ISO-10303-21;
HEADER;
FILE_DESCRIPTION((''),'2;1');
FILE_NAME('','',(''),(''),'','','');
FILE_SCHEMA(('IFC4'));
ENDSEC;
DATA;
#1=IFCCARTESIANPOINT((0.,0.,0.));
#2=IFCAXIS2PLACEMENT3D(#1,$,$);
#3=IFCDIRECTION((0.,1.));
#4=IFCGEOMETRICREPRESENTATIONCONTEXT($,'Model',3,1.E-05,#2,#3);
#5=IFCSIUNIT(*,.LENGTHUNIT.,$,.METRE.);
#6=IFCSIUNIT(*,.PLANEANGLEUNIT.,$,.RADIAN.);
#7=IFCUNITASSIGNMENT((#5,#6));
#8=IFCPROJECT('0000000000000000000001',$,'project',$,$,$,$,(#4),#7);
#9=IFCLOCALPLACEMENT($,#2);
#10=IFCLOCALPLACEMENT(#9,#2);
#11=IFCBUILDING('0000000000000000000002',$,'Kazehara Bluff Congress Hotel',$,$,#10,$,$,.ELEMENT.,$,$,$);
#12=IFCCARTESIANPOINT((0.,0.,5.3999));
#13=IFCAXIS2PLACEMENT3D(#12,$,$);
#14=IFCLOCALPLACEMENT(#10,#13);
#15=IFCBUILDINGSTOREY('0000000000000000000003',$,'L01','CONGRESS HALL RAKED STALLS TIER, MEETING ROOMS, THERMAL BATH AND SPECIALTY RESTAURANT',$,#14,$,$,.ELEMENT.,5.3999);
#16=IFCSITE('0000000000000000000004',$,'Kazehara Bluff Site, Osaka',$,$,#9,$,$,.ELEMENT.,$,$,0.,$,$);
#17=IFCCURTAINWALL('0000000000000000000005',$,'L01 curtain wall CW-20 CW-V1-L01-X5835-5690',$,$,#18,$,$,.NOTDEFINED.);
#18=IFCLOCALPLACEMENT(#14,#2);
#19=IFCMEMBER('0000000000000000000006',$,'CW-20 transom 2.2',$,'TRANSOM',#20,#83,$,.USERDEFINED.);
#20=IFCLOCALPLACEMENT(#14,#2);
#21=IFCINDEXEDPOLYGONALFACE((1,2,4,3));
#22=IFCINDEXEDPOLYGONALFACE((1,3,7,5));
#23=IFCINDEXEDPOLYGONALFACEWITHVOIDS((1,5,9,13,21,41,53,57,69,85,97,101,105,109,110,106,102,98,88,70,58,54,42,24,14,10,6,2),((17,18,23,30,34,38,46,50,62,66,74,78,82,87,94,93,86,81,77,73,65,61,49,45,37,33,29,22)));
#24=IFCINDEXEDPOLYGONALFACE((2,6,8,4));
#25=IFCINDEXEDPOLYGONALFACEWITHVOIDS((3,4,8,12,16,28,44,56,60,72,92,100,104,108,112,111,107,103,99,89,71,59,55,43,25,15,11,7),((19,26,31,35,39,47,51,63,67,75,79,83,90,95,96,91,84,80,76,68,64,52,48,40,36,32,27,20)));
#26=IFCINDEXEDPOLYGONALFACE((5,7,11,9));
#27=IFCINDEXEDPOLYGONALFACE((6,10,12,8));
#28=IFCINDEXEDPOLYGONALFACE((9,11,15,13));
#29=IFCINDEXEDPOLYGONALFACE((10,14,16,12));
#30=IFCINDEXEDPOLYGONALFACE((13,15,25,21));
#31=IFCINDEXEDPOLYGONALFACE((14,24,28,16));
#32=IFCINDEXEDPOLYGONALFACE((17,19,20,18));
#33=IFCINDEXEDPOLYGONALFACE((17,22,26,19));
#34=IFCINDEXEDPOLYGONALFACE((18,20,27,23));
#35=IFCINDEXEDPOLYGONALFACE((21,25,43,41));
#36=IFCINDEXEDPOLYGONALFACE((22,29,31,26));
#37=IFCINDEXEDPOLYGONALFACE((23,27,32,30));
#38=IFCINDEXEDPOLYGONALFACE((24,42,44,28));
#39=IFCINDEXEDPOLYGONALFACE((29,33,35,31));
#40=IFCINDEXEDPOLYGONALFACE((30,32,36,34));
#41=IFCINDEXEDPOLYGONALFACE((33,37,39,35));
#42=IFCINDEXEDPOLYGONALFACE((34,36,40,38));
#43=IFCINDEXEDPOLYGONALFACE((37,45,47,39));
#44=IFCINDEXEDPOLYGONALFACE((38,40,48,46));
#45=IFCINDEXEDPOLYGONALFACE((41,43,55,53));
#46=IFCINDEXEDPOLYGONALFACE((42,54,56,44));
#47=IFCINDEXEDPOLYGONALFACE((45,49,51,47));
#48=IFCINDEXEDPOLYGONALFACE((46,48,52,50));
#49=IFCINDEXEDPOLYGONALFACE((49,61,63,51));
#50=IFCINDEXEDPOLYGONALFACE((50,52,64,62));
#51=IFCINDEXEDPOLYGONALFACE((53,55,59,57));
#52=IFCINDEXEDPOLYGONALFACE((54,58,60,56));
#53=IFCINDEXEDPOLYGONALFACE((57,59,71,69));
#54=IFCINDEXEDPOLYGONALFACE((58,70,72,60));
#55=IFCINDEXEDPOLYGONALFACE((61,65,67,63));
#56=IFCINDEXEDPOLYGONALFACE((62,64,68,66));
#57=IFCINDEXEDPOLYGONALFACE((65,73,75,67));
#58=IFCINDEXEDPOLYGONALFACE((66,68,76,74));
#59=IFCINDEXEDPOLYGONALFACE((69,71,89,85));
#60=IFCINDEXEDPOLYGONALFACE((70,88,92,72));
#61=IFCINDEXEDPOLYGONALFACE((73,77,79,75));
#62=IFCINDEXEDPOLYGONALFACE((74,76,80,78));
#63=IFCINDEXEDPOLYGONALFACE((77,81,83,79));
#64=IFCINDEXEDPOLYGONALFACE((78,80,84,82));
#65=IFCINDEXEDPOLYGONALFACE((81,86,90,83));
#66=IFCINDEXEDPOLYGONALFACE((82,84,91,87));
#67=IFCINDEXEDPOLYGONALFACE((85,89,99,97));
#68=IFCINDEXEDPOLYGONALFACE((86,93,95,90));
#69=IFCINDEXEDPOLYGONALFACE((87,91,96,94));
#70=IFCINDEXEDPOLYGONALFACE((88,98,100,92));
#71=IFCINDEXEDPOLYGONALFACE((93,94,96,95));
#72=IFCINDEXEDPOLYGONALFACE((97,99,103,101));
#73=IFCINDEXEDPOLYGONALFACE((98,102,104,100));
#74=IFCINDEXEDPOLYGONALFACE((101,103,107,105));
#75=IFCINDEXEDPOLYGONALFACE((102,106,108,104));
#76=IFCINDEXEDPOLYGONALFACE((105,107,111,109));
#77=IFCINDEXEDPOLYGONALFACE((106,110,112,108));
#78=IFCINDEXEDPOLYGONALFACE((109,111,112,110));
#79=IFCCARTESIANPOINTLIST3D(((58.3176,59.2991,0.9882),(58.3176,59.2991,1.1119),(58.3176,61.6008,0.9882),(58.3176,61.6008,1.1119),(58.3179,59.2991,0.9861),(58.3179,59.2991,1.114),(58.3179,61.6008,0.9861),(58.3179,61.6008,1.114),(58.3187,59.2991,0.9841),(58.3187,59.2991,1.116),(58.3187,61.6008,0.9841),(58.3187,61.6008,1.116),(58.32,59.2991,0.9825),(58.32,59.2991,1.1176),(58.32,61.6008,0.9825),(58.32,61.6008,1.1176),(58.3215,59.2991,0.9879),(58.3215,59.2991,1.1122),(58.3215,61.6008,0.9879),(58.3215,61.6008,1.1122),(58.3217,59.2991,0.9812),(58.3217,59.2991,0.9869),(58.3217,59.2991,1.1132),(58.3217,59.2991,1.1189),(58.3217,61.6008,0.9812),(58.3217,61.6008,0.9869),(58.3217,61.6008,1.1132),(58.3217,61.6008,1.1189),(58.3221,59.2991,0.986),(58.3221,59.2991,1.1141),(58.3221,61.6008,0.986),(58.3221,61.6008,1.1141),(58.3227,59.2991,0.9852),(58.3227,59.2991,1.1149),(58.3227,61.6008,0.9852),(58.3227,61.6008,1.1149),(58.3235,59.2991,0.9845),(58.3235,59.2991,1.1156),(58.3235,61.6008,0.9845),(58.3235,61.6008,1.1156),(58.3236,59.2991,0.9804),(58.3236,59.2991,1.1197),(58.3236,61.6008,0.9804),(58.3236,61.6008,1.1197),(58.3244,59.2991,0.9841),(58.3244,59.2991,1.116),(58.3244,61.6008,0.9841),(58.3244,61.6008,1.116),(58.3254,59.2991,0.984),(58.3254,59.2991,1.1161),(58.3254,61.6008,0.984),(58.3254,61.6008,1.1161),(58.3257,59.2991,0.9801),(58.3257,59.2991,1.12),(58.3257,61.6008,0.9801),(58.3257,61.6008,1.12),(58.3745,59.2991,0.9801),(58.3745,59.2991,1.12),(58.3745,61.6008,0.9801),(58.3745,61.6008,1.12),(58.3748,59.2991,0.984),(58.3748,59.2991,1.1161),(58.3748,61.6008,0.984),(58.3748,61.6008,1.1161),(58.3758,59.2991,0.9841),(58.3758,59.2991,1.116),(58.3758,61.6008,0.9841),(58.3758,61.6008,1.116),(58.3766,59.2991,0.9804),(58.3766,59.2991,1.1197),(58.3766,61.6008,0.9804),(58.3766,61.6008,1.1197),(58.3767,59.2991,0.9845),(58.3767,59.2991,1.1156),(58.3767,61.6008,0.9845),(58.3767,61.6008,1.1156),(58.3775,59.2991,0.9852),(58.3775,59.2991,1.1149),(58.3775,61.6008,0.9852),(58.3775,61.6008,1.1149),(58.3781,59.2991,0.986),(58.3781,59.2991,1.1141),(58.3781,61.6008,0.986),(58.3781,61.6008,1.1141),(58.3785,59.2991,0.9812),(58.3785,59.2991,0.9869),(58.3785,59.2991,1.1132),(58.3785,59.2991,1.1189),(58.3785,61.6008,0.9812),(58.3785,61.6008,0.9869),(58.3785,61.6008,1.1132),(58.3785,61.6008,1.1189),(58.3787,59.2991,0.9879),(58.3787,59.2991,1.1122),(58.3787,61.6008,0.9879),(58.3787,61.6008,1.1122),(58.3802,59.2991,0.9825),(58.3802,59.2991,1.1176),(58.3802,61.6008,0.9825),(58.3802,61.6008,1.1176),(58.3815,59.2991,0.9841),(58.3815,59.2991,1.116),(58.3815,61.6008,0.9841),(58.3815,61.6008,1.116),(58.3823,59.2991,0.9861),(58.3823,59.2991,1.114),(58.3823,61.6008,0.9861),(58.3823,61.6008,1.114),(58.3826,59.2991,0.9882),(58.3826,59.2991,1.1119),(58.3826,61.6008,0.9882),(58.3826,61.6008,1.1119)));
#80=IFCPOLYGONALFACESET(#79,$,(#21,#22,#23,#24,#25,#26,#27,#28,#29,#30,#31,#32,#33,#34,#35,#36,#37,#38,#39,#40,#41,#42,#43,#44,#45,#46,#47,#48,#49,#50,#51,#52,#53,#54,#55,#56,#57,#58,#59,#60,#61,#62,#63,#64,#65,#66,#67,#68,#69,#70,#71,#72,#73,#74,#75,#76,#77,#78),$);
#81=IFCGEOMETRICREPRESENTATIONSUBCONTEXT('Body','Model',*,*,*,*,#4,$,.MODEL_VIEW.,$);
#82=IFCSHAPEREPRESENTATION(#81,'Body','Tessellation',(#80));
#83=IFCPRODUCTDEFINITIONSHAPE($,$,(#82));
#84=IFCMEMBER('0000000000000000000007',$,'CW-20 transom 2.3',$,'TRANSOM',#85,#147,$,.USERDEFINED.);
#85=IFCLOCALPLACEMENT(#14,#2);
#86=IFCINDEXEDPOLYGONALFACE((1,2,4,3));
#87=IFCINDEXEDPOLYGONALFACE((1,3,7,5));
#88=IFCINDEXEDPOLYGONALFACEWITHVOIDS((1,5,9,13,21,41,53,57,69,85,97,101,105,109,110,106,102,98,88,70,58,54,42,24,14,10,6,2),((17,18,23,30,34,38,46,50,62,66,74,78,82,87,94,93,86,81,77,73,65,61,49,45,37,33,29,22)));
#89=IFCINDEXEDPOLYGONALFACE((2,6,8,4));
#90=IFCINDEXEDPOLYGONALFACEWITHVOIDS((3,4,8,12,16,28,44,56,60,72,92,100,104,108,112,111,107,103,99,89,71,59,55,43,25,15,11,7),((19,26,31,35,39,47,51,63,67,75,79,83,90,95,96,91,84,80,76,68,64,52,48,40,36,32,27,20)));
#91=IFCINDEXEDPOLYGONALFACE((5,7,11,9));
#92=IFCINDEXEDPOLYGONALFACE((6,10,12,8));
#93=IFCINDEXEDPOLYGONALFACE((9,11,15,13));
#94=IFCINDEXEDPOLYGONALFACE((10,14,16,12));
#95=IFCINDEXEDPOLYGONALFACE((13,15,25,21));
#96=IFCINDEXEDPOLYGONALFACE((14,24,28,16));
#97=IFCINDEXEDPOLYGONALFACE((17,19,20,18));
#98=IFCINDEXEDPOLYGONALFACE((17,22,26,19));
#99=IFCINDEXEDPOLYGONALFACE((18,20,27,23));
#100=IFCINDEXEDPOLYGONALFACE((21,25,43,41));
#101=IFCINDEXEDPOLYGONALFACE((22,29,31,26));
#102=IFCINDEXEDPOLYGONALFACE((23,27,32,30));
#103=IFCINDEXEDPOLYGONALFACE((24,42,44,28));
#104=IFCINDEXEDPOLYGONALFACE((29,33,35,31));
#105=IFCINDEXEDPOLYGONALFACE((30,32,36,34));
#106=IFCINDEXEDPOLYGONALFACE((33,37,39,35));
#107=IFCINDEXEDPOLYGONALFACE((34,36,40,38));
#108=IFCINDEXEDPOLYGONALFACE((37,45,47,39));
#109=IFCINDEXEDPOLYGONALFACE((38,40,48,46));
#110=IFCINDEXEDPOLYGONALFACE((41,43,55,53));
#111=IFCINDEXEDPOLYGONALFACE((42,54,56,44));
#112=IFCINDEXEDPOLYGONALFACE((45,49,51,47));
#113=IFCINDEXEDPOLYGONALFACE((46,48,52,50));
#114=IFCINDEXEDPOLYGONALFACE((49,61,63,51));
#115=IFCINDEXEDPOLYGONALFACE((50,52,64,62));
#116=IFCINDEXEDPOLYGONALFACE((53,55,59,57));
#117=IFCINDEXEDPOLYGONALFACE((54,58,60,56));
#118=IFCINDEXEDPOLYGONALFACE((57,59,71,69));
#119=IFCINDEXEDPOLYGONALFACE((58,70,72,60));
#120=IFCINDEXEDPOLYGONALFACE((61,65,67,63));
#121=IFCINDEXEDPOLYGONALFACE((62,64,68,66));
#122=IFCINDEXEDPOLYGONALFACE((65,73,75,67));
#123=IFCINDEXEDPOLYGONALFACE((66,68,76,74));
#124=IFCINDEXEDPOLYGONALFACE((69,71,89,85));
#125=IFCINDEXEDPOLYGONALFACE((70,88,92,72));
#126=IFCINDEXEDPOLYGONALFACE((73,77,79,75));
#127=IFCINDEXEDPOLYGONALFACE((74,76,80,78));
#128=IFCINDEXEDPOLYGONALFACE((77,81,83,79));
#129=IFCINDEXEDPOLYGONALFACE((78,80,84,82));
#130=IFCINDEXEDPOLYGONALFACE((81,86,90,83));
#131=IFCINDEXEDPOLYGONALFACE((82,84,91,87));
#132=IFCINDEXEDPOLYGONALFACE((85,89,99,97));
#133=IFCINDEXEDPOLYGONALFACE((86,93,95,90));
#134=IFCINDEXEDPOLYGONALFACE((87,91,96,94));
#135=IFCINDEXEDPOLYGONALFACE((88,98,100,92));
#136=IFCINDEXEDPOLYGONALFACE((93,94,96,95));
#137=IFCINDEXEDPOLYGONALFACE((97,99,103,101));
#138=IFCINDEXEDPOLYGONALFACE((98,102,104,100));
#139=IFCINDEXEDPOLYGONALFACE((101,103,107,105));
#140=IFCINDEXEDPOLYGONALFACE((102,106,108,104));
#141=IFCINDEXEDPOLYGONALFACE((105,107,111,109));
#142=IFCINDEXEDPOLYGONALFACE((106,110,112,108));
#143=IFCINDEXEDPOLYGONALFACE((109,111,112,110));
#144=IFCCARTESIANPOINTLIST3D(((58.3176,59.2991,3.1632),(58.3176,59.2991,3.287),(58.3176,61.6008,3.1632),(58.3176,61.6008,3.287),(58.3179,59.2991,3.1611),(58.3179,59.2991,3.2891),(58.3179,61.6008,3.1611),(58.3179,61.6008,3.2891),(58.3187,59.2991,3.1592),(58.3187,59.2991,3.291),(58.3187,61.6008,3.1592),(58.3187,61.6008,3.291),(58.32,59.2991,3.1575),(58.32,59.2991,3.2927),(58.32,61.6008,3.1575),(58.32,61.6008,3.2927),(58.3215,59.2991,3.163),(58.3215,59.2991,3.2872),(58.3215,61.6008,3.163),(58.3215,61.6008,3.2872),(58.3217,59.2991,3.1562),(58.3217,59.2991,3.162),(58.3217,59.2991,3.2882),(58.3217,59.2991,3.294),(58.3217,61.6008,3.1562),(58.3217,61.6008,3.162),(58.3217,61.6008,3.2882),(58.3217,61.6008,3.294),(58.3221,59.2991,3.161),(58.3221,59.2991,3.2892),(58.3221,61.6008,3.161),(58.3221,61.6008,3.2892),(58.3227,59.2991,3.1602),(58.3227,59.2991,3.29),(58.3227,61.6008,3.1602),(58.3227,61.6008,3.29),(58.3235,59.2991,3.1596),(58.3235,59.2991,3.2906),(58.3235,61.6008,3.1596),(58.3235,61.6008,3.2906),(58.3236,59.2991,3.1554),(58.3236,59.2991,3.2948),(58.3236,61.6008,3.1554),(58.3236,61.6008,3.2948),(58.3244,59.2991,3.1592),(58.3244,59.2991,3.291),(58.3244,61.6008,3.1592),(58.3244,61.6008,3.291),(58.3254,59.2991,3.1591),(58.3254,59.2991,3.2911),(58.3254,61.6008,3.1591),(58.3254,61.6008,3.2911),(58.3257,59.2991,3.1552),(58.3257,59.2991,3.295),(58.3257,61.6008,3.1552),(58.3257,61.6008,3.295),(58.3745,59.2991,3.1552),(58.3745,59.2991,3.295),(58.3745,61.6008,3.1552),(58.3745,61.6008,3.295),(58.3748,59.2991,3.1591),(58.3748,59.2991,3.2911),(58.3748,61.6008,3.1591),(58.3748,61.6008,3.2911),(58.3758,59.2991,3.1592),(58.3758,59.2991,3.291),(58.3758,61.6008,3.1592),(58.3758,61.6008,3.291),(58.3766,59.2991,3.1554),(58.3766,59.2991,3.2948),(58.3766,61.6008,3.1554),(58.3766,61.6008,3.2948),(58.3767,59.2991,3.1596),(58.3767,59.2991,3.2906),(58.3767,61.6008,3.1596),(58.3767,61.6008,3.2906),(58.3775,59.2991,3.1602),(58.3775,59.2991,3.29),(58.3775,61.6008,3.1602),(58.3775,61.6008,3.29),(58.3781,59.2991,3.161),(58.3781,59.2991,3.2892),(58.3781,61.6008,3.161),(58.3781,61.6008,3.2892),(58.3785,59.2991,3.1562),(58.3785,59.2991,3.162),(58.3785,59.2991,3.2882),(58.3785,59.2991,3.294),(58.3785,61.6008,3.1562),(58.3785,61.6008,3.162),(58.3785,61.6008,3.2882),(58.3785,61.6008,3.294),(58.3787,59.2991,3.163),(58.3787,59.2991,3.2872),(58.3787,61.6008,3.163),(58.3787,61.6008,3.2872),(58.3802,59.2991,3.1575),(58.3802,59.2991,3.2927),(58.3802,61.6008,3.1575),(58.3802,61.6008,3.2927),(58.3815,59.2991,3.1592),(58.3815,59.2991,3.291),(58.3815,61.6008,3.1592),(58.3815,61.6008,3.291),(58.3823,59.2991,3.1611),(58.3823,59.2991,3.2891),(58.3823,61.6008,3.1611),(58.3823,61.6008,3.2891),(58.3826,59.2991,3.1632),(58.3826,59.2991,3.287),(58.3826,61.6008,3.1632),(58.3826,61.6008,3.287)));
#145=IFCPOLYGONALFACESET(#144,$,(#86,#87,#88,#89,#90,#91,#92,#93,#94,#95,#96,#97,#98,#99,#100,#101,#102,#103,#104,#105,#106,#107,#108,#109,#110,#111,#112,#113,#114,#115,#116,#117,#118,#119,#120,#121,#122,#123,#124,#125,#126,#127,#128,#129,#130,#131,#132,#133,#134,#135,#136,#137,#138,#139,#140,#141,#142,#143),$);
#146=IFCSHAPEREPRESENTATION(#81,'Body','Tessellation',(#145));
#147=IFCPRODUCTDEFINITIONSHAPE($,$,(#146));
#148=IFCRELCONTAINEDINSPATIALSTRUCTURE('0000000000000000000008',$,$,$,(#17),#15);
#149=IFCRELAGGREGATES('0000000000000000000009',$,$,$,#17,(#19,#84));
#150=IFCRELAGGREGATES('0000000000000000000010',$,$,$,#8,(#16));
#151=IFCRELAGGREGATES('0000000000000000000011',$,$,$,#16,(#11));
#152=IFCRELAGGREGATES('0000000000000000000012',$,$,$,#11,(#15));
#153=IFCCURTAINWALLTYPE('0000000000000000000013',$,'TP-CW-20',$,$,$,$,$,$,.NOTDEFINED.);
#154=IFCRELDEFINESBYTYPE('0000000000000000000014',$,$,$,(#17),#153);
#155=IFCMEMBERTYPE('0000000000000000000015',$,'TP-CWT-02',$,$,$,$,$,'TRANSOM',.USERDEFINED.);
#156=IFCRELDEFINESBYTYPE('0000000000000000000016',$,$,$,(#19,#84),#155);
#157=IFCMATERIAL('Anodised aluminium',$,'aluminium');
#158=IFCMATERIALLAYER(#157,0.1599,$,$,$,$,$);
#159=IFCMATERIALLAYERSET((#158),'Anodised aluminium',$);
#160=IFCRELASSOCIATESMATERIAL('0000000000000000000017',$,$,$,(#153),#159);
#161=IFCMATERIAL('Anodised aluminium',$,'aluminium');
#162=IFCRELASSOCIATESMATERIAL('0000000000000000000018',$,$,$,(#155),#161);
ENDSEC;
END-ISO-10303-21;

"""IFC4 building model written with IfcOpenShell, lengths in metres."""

from ifc_helpers import new_model, si_unit, direction, frame, origin, origin_2d, place, context, subcontext, project, spatial, hollow_rectangle, extrude, material, layer, layer_set, material_profile, profile_set, type_object, element, aggregate, save


model = new_model("IFC4")

# Units and contexts
model_context = context("Model", 3, precision=1e-05, world=origin(), true_north=direction((0.0, 1.0)))
body_context = subcontext(model_context, "Body", "Model", "MODEL_VIEW")
ifc_project = project(units=[si_unit("LENGTHUNIT", "METRE"), si_unit("PLANEANGLEUNIT", "RADIAN")], contexts=[model_context])

# Site, building, storey
site_placement = place(None, origin())
site = spatial("IfcSite", under=ifc_project, at=site_placement, Name="Kazehara Bluff Site, Osaka", CompositionType="ELEMENT", RefElevation=0.0)
building_placement = place(site_placement, origin())
building = spatial("IfcBuilding", under=site, at=building_placement, Name="Kazehara Bluff Congress Hotel", CompositionType="ELEMENT")
storey_placement = place(building_placement, frame((0.0, 0.0, 5.3999)))
storey = spatial("IfcBuildingStorey", under=building, at=storey_placement, Name="L01", Description="CONGRESS HALL RAKED STALLS TIER, MEETING ROOMS, THERMAL BATH AND SPECIALTY RESTAURANT", CompositionType="ELEMENT", Elevation=5.3999)

# Curtain wall
ifc_material_1 = material(Name="Anodised aluminium", Category="aluminium")
ifc_layer_1 = layer(ifc_material_1, 0.1599)
ifc_layer_set_1 = layer_set([ifc_layer_1], Name="Anodised aluminium")
curtain_wall_type = type_object("IfcCurtainWallType", Name="TP-CW-20", PredefinedType="NOTDEFINED", material=ifc_layer_set_1)
curtain_wall_1_placement = place(storey_placement, origin())
curtain_wall_1 = element("IfcCurtainWall", 1, at=curtain_wall_1_placement, inside=storey, type_object=curtain_wall_type, Name="L01 curtain wall CW-20 CW-V1-L01-X5835-5690", PredefinedType="NOTDEFINED")

# Members
ifc_material_2 = material(Name="Anodised aluminium", Category="aluminium")
ifc_material_profile_1 = material_profile(ifc_material_2, hollow_rectangle(XDim=0.0649, YDim=0.1399, WallThickness=0.0039, InnerFilletRadius=0.0039, OuterFilletRadius=0.0081, at=origin_2d()))
ifc_profile_set_1 = profile_set([ifc_material_profile_1], Name="Anodised aluminium")
member_type_1 = type_object("IfcMemberType", Name="TP-CWT-02", ElementType="TRANSOM", PredefinedType="USERDEFINED", material=ifc_profile_set_1)
member_1_placement = place(storey_placement, frame((58.3501, 59.2991, 1.05), z_axis=(0.0, 1.0, 0.0), x_axis=(-1.0, 0.0, 0.0)))
member_1 = element("IfcMember", 2, at=member_1_placement, type_object=member_type_1, Name="CW-20 transom 2.2", ObjectType="TRANSOM", PredefinedType="USERDEFINED", context=body_context, shape_type="SweptSolid", body=[
    extrude(hollow_rectangle(XDim=0.0649, YDim=0.1399, WallThickness=0.0039, InnerFilletRadius=0.0039, OuterFilletRadius=0.0081, at=origin_2d()), origin(), (0.0, 0.0, 1.0), 2.3018),
])
member_2_placement = place(storey_placement, frame((58.3501, 59.2991, 3.2251), z_axis=(0.0, 1.0, 0.0), x_axis=(-1.0, 0.0, 0.0)))
member_2 = element("IfcMember", 3, at=member_2_placement, type_object=member_type_1, Name="CW-20 transom 2.3", ObjectType="TRANSOM", PredefinedType="USERDEFINED", context=body_context, shape_type="SweptSolid", body=[
    extrude(hollow_rectangle(XDim=0.0649, YDim=0.1399, WallThickness=0.0039, InnerFilletRadius=0.0039, OuterFilletRadius=0.0081, at=origin_2d()), origin(), (0.0, 0.0, 1.0), 2.3018),
])

aggregate(curtain_wall_1, [member_1, member_2])

save(model, "model.ifc")
